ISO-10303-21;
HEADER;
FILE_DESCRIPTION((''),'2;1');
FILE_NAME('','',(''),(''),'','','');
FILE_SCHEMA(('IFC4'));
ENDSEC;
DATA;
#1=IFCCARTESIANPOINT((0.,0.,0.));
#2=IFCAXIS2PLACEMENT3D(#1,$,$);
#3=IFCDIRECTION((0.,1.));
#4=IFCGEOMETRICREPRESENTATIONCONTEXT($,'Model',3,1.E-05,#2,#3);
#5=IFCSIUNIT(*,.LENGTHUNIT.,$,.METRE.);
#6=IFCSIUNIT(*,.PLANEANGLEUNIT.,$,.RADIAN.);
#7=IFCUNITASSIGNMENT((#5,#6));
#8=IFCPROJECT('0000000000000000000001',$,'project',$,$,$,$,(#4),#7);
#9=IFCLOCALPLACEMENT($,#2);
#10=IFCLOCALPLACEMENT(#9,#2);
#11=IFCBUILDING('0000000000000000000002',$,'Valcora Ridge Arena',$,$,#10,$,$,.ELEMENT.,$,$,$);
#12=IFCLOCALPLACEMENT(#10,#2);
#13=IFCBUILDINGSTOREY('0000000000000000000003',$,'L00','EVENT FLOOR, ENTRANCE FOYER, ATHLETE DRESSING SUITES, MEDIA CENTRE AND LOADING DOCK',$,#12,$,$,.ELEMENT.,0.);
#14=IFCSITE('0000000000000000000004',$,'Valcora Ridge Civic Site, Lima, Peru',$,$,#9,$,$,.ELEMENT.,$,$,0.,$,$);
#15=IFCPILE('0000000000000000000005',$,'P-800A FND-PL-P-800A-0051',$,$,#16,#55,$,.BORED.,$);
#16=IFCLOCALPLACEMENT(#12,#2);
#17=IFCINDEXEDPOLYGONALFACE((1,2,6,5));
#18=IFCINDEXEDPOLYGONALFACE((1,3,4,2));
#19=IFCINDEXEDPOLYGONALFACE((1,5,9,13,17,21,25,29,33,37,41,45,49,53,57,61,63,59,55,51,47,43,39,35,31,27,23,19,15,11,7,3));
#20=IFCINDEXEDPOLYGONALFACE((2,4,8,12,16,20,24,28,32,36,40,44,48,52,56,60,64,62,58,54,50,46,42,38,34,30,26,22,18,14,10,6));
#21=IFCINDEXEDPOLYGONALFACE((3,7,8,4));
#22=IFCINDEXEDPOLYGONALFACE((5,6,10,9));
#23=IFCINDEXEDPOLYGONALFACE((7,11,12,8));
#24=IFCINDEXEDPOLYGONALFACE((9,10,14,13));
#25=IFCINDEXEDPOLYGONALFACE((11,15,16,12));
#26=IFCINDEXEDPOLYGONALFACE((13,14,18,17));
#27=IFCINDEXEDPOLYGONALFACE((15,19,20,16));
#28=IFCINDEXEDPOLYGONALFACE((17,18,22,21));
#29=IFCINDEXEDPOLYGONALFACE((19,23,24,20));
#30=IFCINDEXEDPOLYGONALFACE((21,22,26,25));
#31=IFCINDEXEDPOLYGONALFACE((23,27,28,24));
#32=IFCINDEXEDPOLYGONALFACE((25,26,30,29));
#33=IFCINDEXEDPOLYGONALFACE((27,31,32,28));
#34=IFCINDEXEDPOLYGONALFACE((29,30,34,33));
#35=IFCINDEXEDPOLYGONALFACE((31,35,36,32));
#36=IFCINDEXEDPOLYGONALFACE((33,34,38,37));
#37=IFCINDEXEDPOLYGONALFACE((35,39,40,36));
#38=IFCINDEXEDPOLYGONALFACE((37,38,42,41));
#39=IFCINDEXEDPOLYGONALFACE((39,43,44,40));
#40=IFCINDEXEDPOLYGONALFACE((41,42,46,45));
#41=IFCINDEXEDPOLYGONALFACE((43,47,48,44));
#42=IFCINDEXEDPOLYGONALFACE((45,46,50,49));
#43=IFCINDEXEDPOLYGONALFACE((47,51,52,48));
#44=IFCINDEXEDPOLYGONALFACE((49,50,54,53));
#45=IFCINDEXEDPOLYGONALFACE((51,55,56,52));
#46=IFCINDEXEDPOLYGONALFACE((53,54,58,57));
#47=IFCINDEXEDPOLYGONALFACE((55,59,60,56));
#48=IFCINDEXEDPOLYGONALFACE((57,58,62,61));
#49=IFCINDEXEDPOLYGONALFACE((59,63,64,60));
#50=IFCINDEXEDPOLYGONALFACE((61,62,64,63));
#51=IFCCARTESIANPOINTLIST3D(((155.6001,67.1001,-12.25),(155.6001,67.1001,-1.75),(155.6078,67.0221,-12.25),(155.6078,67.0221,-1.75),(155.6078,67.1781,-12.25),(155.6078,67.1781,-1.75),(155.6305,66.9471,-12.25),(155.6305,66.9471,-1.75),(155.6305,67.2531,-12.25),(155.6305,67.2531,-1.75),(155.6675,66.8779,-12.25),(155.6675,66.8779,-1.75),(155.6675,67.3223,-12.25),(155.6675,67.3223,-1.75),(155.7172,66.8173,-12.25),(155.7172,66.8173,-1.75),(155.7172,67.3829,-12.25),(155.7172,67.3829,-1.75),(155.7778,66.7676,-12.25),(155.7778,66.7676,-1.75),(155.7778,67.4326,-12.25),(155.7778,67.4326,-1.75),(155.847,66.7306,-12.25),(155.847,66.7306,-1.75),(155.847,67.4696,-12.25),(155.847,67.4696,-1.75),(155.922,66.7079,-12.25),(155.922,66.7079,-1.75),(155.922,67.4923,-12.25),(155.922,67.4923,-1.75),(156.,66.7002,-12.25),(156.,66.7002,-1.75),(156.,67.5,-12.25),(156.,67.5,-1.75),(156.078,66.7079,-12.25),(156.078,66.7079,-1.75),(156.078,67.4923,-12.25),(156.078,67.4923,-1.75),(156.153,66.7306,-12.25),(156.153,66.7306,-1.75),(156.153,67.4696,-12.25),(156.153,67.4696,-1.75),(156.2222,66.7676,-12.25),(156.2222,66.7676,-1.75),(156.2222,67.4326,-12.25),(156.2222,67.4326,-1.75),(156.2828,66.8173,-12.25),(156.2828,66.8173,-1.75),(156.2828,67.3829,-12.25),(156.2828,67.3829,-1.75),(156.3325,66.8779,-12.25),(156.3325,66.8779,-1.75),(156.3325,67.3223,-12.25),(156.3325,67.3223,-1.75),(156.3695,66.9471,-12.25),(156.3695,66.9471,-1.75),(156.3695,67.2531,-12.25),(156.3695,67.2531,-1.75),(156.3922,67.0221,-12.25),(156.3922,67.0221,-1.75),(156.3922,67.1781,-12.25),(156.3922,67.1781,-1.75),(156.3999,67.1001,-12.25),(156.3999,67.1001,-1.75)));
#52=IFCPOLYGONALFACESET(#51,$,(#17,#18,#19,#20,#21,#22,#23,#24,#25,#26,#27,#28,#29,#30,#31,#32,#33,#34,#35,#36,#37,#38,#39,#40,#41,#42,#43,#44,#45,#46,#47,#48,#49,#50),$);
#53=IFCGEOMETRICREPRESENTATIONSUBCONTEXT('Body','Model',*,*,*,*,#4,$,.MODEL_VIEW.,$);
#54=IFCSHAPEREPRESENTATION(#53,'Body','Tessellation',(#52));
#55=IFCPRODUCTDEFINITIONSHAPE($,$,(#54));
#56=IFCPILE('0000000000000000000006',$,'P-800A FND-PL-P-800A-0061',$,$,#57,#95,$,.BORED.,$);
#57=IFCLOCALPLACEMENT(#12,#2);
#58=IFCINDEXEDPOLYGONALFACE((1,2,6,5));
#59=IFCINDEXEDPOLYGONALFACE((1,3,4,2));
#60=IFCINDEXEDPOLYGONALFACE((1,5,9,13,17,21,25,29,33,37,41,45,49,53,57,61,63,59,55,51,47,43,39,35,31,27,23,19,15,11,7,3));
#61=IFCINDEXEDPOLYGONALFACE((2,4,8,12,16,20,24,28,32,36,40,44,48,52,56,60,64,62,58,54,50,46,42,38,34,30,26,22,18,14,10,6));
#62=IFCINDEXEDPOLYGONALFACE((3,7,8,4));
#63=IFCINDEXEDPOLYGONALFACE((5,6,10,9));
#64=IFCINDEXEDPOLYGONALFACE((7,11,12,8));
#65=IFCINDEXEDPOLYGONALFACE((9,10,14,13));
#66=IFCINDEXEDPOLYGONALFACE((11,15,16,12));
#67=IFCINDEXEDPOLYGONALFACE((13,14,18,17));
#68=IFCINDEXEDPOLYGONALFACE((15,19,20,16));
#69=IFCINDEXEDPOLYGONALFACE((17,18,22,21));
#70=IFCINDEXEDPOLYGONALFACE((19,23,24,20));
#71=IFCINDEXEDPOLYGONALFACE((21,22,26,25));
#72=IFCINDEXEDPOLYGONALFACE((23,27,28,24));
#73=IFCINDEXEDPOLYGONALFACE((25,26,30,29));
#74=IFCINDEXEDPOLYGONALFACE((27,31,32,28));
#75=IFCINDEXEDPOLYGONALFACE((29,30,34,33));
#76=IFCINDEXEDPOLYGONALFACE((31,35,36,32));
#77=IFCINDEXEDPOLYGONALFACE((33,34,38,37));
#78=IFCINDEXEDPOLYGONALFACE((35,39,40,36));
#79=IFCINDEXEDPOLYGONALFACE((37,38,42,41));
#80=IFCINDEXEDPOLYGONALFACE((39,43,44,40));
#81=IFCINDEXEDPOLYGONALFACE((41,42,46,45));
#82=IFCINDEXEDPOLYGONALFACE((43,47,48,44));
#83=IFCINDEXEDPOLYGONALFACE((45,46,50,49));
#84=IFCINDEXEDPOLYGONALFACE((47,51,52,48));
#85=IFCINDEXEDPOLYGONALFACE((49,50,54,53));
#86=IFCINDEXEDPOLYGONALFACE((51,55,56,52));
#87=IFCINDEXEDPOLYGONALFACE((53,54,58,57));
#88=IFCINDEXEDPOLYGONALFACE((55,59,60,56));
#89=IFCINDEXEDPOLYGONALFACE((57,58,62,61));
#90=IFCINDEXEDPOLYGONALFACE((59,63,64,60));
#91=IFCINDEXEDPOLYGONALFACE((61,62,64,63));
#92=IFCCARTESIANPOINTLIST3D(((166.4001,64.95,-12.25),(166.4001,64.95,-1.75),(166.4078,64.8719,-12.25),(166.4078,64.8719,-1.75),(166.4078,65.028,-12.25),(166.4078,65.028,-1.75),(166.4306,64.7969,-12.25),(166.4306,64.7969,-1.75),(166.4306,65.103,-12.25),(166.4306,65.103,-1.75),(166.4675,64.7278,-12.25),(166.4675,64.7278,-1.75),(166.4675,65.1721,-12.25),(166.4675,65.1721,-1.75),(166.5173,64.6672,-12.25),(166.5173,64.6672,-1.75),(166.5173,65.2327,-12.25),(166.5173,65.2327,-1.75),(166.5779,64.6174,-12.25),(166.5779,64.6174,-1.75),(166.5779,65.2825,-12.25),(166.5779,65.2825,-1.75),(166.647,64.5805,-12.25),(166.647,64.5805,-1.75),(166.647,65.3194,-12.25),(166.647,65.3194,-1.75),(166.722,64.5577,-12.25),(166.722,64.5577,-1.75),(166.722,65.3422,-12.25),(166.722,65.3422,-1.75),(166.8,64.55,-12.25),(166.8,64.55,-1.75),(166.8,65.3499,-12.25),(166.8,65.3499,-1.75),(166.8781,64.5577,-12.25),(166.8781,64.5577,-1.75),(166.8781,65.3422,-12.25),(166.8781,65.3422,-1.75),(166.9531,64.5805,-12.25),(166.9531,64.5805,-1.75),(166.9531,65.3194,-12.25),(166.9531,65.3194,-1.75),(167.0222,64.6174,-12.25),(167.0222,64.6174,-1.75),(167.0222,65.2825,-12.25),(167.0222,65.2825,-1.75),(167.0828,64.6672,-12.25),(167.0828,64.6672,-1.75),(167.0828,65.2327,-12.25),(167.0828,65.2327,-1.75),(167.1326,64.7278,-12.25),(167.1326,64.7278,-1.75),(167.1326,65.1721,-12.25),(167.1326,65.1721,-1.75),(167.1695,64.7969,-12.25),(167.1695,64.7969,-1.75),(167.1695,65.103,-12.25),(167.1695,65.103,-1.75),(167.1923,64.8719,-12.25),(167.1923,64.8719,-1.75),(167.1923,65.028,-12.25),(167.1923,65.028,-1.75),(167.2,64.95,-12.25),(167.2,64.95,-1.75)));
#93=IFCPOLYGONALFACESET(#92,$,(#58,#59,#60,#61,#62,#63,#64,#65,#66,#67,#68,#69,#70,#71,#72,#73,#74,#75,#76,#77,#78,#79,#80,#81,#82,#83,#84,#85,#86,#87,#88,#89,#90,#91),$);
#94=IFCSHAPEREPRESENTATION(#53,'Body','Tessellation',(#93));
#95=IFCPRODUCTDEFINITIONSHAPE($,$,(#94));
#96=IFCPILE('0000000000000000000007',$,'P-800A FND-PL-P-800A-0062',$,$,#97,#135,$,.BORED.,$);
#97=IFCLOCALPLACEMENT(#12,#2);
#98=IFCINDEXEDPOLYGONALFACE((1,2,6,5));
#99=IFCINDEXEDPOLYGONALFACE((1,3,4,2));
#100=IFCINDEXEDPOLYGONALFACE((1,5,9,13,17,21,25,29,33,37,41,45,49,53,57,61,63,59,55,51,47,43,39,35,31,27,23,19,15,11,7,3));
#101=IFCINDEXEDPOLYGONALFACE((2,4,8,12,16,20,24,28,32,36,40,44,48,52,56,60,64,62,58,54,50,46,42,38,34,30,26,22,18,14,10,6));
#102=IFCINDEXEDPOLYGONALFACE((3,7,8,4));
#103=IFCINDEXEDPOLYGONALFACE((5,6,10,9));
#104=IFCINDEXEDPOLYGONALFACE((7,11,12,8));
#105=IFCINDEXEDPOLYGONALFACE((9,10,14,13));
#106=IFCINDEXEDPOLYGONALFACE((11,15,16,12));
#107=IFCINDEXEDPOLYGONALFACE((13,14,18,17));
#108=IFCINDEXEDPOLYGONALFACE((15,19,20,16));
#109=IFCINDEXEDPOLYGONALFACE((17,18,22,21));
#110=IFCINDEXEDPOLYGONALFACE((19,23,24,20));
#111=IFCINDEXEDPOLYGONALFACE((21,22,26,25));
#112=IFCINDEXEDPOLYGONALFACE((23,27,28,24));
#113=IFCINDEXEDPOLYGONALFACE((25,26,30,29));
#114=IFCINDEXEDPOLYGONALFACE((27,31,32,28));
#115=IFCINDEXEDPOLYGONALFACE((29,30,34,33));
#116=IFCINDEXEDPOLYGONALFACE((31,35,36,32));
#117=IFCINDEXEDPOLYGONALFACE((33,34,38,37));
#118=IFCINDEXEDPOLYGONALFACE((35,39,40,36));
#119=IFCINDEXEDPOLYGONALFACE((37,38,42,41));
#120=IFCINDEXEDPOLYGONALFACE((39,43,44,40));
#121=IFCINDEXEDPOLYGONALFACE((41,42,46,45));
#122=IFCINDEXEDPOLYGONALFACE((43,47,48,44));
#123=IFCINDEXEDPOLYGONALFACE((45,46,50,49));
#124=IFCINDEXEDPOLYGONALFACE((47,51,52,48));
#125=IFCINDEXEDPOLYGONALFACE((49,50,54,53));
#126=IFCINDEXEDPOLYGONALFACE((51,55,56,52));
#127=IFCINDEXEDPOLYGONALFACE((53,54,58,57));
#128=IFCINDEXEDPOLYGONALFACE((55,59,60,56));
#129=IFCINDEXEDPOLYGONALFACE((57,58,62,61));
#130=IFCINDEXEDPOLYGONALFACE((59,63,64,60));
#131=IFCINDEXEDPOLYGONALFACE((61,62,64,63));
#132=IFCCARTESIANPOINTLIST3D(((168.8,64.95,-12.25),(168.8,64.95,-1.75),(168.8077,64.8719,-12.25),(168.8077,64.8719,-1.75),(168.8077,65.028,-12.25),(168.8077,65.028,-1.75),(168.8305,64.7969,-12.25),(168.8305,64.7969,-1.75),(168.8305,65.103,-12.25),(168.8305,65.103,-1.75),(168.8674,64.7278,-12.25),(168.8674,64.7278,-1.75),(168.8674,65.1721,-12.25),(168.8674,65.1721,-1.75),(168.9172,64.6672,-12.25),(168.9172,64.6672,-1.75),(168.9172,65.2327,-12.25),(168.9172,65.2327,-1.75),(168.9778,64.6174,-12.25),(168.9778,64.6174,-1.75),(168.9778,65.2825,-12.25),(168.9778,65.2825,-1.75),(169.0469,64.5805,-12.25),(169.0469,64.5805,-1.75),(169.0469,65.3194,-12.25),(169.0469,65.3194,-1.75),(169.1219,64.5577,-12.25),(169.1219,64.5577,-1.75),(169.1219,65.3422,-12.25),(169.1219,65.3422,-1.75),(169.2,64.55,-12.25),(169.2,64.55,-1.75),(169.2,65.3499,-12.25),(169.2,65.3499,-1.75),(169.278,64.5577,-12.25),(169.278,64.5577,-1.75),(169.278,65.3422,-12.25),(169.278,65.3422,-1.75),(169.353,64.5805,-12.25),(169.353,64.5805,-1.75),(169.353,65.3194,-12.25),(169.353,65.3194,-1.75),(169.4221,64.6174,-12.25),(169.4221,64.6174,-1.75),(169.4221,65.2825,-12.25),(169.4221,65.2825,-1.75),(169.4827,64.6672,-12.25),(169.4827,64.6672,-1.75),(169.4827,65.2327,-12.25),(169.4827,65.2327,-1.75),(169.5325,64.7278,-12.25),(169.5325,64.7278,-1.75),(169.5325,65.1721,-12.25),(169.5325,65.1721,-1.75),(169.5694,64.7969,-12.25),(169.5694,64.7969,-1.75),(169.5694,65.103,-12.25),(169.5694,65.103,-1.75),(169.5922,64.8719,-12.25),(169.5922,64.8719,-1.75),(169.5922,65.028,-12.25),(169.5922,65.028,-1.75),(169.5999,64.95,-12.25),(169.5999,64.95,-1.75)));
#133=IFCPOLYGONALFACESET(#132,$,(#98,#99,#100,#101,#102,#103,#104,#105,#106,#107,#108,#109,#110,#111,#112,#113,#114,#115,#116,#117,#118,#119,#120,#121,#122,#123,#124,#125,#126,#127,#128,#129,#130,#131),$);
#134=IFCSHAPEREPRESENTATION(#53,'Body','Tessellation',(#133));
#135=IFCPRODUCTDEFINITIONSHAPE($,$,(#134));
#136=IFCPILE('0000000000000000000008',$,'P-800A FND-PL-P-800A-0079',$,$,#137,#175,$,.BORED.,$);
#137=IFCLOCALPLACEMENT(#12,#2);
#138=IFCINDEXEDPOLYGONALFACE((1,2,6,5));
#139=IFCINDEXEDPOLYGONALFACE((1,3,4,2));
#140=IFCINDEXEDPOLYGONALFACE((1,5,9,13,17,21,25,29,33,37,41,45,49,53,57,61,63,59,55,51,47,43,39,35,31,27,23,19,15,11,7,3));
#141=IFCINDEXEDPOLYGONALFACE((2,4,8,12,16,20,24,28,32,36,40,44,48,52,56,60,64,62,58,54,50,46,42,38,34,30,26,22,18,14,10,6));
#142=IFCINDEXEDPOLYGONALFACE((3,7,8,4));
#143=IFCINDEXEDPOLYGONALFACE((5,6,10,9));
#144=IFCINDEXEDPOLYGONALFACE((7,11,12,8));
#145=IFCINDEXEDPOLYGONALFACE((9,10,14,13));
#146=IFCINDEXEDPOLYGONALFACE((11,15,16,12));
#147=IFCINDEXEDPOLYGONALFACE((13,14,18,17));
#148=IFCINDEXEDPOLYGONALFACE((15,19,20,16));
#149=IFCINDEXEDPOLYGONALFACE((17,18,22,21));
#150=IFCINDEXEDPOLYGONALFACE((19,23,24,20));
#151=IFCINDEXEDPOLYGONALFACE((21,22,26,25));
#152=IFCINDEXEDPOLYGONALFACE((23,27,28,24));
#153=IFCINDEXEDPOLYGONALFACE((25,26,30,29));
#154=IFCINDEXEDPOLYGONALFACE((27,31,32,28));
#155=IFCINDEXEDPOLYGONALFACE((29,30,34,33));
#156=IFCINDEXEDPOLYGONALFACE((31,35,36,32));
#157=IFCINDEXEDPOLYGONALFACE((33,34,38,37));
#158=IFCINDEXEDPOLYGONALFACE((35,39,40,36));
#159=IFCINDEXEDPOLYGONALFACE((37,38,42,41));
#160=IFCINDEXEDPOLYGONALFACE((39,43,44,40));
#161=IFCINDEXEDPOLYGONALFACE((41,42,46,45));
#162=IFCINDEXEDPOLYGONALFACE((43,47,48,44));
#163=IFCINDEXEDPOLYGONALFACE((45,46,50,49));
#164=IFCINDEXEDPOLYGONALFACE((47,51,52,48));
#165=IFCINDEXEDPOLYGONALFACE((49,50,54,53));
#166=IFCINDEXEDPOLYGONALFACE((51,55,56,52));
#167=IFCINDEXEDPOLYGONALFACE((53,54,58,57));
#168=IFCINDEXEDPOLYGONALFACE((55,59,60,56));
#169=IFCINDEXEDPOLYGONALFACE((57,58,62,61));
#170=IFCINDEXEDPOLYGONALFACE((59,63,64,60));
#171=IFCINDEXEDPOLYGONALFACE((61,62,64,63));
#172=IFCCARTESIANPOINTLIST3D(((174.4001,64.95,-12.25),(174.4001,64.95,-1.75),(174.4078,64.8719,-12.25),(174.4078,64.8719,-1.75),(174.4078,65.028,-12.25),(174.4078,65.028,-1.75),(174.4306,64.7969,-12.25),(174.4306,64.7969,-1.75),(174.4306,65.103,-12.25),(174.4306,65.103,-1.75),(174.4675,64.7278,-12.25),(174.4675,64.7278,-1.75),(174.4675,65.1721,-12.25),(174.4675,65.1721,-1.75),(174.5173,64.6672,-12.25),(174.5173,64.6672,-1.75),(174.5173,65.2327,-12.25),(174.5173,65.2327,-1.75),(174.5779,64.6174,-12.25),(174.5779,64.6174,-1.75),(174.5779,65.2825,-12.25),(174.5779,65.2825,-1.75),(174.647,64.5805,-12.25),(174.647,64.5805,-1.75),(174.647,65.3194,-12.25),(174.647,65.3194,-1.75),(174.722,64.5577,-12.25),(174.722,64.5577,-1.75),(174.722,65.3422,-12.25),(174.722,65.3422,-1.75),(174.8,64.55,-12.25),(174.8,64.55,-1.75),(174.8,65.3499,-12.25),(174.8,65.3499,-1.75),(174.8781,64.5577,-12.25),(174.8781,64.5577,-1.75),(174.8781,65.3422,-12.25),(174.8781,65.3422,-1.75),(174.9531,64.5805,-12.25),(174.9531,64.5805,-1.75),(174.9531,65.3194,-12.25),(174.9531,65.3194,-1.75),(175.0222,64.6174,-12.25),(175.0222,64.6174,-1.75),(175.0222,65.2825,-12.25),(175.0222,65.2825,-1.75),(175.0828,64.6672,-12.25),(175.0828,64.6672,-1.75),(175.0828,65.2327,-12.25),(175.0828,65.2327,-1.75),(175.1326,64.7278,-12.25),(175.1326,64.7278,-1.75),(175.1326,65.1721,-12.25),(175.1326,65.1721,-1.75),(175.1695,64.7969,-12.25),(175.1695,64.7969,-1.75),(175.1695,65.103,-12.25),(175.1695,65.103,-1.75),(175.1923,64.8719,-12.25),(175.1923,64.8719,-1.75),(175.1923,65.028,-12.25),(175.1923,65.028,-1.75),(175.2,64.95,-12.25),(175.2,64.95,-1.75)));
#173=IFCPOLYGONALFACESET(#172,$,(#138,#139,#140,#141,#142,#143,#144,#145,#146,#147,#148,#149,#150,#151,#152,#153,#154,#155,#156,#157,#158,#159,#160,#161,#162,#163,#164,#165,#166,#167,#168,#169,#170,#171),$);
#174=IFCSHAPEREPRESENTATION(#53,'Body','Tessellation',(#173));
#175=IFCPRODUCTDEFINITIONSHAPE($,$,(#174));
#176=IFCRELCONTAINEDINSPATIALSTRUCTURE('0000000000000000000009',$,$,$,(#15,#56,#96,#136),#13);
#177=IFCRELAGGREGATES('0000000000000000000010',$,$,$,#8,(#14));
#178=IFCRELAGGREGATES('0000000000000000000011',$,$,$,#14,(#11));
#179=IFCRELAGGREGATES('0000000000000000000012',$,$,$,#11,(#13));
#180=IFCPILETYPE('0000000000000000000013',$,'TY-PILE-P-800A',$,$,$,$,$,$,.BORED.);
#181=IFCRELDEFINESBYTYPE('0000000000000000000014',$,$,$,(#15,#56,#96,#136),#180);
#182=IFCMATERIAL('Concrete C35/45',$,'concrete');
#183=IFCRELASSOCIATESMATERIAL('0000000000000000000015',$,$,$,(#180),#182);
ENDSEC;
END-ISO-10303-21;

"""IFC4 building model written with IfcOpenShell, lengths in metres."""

from ifc_helpers import new_model, si_unit, direction, frame, origin, origin_2d, place, context, subcontext, project, spatial, circle, extrude, material, material_profile, profile_set, type_object, element, save


model = new_model("IFC4")

# Units and contexts
model_context = context("Model", 3, precision=1e-05, world=origin(), true_north=direction((0.0, 1.0)))
body_context = subcontext(model_context, "Body", "Model", "MODEL_VIEW")
ifc_project = project(units=[si_unit("LENGTHUNIT", "METRE"), si_unit("PLANEANGLEUNIT", "RADIAN")], contexts=[model_context])

# Site, building, storey
site_placement = place(None, origin())
site = spatial("IfcSite", under=ifc_project, at=site_placement, Name="Valcora Ridge Civic Site, Lima, Peru", CompositionType="ELEMENT", RefElevation=0.0)
building_placement = place(site_placement, origin())
building = spatial("IfcBuilding", under=site, at=building_placement, Name="Valcora Ridge Arena", CompositionType="ELEMENT")
storey_placement = place(building_placement, origin())
storey = spatial("IfcBuildingStorey", under=building, at=storey_placement, Name="L00", Description="EVENT FLOOR, ENTRANCE FOYER, ATHLETE DRESSING SUITES, MEDIA CENTRE AND LOADING DOCK", CompositionType="ELEMENT", Elevation=0.0)

# Piles
ifc_material_1 = material(Name="Concrete C35/45", Category="concrete")
ifc_material_profile_1 = material_profile(ifc_material_1, circle(Radius=0.3999, at=origin_2d()), Name="BORED PILE D800")
ifc_profile_set_1 = profile_set([ifc_material_profile_1], Name="Concrete C35/45")
pile_type = type_object("IfcPileType", Name="TY-PILE-P-800A", PredefinedType="BORED", material=ifc_profile_set_1)
for number, where, z_axis, x_axis, name in (
    (1, (156.0, 67.1001, -1.75), (0.0, 0.0, -1.0), (1.0, 0.0, 0.0), "P-800A FND-PL-P-800A-0051"),
    (2, (166.8, 64.95, -1.75), (0.0, 0.0, -1.0), (1.0, 0.0, 0.0), "P-800A FND-PL-P-800A-0061"),
    (3, (169.2, 64.95, -1.75), (0.0, 0.0, -1.0), (1.0, 0.0, 0.0), "P-800A FND-PL-P-800A-0062"),
    (4, (174.8, 64.95, -1.75), (0.0, 0.0, -1.0), (1.0, 0.0, 0.0), "P-800A FND-PL-P-800A-0079"),
):
    element("IfcPile", number, at=place(storey_placement, frame(where, z_axis=z_axis, x_axis=x_axis)), inside=storey, type_object=pile_type, Name=name, PredefinedType="BORED", context=body_context, shape_type="SweptSolid", body=[
        extrude(circle(Radius=0.3999, at=origin_2d()), origin(), (0.0, 0.0, 1.0), 10.5),
    ])

save(model, "model.ifc")
